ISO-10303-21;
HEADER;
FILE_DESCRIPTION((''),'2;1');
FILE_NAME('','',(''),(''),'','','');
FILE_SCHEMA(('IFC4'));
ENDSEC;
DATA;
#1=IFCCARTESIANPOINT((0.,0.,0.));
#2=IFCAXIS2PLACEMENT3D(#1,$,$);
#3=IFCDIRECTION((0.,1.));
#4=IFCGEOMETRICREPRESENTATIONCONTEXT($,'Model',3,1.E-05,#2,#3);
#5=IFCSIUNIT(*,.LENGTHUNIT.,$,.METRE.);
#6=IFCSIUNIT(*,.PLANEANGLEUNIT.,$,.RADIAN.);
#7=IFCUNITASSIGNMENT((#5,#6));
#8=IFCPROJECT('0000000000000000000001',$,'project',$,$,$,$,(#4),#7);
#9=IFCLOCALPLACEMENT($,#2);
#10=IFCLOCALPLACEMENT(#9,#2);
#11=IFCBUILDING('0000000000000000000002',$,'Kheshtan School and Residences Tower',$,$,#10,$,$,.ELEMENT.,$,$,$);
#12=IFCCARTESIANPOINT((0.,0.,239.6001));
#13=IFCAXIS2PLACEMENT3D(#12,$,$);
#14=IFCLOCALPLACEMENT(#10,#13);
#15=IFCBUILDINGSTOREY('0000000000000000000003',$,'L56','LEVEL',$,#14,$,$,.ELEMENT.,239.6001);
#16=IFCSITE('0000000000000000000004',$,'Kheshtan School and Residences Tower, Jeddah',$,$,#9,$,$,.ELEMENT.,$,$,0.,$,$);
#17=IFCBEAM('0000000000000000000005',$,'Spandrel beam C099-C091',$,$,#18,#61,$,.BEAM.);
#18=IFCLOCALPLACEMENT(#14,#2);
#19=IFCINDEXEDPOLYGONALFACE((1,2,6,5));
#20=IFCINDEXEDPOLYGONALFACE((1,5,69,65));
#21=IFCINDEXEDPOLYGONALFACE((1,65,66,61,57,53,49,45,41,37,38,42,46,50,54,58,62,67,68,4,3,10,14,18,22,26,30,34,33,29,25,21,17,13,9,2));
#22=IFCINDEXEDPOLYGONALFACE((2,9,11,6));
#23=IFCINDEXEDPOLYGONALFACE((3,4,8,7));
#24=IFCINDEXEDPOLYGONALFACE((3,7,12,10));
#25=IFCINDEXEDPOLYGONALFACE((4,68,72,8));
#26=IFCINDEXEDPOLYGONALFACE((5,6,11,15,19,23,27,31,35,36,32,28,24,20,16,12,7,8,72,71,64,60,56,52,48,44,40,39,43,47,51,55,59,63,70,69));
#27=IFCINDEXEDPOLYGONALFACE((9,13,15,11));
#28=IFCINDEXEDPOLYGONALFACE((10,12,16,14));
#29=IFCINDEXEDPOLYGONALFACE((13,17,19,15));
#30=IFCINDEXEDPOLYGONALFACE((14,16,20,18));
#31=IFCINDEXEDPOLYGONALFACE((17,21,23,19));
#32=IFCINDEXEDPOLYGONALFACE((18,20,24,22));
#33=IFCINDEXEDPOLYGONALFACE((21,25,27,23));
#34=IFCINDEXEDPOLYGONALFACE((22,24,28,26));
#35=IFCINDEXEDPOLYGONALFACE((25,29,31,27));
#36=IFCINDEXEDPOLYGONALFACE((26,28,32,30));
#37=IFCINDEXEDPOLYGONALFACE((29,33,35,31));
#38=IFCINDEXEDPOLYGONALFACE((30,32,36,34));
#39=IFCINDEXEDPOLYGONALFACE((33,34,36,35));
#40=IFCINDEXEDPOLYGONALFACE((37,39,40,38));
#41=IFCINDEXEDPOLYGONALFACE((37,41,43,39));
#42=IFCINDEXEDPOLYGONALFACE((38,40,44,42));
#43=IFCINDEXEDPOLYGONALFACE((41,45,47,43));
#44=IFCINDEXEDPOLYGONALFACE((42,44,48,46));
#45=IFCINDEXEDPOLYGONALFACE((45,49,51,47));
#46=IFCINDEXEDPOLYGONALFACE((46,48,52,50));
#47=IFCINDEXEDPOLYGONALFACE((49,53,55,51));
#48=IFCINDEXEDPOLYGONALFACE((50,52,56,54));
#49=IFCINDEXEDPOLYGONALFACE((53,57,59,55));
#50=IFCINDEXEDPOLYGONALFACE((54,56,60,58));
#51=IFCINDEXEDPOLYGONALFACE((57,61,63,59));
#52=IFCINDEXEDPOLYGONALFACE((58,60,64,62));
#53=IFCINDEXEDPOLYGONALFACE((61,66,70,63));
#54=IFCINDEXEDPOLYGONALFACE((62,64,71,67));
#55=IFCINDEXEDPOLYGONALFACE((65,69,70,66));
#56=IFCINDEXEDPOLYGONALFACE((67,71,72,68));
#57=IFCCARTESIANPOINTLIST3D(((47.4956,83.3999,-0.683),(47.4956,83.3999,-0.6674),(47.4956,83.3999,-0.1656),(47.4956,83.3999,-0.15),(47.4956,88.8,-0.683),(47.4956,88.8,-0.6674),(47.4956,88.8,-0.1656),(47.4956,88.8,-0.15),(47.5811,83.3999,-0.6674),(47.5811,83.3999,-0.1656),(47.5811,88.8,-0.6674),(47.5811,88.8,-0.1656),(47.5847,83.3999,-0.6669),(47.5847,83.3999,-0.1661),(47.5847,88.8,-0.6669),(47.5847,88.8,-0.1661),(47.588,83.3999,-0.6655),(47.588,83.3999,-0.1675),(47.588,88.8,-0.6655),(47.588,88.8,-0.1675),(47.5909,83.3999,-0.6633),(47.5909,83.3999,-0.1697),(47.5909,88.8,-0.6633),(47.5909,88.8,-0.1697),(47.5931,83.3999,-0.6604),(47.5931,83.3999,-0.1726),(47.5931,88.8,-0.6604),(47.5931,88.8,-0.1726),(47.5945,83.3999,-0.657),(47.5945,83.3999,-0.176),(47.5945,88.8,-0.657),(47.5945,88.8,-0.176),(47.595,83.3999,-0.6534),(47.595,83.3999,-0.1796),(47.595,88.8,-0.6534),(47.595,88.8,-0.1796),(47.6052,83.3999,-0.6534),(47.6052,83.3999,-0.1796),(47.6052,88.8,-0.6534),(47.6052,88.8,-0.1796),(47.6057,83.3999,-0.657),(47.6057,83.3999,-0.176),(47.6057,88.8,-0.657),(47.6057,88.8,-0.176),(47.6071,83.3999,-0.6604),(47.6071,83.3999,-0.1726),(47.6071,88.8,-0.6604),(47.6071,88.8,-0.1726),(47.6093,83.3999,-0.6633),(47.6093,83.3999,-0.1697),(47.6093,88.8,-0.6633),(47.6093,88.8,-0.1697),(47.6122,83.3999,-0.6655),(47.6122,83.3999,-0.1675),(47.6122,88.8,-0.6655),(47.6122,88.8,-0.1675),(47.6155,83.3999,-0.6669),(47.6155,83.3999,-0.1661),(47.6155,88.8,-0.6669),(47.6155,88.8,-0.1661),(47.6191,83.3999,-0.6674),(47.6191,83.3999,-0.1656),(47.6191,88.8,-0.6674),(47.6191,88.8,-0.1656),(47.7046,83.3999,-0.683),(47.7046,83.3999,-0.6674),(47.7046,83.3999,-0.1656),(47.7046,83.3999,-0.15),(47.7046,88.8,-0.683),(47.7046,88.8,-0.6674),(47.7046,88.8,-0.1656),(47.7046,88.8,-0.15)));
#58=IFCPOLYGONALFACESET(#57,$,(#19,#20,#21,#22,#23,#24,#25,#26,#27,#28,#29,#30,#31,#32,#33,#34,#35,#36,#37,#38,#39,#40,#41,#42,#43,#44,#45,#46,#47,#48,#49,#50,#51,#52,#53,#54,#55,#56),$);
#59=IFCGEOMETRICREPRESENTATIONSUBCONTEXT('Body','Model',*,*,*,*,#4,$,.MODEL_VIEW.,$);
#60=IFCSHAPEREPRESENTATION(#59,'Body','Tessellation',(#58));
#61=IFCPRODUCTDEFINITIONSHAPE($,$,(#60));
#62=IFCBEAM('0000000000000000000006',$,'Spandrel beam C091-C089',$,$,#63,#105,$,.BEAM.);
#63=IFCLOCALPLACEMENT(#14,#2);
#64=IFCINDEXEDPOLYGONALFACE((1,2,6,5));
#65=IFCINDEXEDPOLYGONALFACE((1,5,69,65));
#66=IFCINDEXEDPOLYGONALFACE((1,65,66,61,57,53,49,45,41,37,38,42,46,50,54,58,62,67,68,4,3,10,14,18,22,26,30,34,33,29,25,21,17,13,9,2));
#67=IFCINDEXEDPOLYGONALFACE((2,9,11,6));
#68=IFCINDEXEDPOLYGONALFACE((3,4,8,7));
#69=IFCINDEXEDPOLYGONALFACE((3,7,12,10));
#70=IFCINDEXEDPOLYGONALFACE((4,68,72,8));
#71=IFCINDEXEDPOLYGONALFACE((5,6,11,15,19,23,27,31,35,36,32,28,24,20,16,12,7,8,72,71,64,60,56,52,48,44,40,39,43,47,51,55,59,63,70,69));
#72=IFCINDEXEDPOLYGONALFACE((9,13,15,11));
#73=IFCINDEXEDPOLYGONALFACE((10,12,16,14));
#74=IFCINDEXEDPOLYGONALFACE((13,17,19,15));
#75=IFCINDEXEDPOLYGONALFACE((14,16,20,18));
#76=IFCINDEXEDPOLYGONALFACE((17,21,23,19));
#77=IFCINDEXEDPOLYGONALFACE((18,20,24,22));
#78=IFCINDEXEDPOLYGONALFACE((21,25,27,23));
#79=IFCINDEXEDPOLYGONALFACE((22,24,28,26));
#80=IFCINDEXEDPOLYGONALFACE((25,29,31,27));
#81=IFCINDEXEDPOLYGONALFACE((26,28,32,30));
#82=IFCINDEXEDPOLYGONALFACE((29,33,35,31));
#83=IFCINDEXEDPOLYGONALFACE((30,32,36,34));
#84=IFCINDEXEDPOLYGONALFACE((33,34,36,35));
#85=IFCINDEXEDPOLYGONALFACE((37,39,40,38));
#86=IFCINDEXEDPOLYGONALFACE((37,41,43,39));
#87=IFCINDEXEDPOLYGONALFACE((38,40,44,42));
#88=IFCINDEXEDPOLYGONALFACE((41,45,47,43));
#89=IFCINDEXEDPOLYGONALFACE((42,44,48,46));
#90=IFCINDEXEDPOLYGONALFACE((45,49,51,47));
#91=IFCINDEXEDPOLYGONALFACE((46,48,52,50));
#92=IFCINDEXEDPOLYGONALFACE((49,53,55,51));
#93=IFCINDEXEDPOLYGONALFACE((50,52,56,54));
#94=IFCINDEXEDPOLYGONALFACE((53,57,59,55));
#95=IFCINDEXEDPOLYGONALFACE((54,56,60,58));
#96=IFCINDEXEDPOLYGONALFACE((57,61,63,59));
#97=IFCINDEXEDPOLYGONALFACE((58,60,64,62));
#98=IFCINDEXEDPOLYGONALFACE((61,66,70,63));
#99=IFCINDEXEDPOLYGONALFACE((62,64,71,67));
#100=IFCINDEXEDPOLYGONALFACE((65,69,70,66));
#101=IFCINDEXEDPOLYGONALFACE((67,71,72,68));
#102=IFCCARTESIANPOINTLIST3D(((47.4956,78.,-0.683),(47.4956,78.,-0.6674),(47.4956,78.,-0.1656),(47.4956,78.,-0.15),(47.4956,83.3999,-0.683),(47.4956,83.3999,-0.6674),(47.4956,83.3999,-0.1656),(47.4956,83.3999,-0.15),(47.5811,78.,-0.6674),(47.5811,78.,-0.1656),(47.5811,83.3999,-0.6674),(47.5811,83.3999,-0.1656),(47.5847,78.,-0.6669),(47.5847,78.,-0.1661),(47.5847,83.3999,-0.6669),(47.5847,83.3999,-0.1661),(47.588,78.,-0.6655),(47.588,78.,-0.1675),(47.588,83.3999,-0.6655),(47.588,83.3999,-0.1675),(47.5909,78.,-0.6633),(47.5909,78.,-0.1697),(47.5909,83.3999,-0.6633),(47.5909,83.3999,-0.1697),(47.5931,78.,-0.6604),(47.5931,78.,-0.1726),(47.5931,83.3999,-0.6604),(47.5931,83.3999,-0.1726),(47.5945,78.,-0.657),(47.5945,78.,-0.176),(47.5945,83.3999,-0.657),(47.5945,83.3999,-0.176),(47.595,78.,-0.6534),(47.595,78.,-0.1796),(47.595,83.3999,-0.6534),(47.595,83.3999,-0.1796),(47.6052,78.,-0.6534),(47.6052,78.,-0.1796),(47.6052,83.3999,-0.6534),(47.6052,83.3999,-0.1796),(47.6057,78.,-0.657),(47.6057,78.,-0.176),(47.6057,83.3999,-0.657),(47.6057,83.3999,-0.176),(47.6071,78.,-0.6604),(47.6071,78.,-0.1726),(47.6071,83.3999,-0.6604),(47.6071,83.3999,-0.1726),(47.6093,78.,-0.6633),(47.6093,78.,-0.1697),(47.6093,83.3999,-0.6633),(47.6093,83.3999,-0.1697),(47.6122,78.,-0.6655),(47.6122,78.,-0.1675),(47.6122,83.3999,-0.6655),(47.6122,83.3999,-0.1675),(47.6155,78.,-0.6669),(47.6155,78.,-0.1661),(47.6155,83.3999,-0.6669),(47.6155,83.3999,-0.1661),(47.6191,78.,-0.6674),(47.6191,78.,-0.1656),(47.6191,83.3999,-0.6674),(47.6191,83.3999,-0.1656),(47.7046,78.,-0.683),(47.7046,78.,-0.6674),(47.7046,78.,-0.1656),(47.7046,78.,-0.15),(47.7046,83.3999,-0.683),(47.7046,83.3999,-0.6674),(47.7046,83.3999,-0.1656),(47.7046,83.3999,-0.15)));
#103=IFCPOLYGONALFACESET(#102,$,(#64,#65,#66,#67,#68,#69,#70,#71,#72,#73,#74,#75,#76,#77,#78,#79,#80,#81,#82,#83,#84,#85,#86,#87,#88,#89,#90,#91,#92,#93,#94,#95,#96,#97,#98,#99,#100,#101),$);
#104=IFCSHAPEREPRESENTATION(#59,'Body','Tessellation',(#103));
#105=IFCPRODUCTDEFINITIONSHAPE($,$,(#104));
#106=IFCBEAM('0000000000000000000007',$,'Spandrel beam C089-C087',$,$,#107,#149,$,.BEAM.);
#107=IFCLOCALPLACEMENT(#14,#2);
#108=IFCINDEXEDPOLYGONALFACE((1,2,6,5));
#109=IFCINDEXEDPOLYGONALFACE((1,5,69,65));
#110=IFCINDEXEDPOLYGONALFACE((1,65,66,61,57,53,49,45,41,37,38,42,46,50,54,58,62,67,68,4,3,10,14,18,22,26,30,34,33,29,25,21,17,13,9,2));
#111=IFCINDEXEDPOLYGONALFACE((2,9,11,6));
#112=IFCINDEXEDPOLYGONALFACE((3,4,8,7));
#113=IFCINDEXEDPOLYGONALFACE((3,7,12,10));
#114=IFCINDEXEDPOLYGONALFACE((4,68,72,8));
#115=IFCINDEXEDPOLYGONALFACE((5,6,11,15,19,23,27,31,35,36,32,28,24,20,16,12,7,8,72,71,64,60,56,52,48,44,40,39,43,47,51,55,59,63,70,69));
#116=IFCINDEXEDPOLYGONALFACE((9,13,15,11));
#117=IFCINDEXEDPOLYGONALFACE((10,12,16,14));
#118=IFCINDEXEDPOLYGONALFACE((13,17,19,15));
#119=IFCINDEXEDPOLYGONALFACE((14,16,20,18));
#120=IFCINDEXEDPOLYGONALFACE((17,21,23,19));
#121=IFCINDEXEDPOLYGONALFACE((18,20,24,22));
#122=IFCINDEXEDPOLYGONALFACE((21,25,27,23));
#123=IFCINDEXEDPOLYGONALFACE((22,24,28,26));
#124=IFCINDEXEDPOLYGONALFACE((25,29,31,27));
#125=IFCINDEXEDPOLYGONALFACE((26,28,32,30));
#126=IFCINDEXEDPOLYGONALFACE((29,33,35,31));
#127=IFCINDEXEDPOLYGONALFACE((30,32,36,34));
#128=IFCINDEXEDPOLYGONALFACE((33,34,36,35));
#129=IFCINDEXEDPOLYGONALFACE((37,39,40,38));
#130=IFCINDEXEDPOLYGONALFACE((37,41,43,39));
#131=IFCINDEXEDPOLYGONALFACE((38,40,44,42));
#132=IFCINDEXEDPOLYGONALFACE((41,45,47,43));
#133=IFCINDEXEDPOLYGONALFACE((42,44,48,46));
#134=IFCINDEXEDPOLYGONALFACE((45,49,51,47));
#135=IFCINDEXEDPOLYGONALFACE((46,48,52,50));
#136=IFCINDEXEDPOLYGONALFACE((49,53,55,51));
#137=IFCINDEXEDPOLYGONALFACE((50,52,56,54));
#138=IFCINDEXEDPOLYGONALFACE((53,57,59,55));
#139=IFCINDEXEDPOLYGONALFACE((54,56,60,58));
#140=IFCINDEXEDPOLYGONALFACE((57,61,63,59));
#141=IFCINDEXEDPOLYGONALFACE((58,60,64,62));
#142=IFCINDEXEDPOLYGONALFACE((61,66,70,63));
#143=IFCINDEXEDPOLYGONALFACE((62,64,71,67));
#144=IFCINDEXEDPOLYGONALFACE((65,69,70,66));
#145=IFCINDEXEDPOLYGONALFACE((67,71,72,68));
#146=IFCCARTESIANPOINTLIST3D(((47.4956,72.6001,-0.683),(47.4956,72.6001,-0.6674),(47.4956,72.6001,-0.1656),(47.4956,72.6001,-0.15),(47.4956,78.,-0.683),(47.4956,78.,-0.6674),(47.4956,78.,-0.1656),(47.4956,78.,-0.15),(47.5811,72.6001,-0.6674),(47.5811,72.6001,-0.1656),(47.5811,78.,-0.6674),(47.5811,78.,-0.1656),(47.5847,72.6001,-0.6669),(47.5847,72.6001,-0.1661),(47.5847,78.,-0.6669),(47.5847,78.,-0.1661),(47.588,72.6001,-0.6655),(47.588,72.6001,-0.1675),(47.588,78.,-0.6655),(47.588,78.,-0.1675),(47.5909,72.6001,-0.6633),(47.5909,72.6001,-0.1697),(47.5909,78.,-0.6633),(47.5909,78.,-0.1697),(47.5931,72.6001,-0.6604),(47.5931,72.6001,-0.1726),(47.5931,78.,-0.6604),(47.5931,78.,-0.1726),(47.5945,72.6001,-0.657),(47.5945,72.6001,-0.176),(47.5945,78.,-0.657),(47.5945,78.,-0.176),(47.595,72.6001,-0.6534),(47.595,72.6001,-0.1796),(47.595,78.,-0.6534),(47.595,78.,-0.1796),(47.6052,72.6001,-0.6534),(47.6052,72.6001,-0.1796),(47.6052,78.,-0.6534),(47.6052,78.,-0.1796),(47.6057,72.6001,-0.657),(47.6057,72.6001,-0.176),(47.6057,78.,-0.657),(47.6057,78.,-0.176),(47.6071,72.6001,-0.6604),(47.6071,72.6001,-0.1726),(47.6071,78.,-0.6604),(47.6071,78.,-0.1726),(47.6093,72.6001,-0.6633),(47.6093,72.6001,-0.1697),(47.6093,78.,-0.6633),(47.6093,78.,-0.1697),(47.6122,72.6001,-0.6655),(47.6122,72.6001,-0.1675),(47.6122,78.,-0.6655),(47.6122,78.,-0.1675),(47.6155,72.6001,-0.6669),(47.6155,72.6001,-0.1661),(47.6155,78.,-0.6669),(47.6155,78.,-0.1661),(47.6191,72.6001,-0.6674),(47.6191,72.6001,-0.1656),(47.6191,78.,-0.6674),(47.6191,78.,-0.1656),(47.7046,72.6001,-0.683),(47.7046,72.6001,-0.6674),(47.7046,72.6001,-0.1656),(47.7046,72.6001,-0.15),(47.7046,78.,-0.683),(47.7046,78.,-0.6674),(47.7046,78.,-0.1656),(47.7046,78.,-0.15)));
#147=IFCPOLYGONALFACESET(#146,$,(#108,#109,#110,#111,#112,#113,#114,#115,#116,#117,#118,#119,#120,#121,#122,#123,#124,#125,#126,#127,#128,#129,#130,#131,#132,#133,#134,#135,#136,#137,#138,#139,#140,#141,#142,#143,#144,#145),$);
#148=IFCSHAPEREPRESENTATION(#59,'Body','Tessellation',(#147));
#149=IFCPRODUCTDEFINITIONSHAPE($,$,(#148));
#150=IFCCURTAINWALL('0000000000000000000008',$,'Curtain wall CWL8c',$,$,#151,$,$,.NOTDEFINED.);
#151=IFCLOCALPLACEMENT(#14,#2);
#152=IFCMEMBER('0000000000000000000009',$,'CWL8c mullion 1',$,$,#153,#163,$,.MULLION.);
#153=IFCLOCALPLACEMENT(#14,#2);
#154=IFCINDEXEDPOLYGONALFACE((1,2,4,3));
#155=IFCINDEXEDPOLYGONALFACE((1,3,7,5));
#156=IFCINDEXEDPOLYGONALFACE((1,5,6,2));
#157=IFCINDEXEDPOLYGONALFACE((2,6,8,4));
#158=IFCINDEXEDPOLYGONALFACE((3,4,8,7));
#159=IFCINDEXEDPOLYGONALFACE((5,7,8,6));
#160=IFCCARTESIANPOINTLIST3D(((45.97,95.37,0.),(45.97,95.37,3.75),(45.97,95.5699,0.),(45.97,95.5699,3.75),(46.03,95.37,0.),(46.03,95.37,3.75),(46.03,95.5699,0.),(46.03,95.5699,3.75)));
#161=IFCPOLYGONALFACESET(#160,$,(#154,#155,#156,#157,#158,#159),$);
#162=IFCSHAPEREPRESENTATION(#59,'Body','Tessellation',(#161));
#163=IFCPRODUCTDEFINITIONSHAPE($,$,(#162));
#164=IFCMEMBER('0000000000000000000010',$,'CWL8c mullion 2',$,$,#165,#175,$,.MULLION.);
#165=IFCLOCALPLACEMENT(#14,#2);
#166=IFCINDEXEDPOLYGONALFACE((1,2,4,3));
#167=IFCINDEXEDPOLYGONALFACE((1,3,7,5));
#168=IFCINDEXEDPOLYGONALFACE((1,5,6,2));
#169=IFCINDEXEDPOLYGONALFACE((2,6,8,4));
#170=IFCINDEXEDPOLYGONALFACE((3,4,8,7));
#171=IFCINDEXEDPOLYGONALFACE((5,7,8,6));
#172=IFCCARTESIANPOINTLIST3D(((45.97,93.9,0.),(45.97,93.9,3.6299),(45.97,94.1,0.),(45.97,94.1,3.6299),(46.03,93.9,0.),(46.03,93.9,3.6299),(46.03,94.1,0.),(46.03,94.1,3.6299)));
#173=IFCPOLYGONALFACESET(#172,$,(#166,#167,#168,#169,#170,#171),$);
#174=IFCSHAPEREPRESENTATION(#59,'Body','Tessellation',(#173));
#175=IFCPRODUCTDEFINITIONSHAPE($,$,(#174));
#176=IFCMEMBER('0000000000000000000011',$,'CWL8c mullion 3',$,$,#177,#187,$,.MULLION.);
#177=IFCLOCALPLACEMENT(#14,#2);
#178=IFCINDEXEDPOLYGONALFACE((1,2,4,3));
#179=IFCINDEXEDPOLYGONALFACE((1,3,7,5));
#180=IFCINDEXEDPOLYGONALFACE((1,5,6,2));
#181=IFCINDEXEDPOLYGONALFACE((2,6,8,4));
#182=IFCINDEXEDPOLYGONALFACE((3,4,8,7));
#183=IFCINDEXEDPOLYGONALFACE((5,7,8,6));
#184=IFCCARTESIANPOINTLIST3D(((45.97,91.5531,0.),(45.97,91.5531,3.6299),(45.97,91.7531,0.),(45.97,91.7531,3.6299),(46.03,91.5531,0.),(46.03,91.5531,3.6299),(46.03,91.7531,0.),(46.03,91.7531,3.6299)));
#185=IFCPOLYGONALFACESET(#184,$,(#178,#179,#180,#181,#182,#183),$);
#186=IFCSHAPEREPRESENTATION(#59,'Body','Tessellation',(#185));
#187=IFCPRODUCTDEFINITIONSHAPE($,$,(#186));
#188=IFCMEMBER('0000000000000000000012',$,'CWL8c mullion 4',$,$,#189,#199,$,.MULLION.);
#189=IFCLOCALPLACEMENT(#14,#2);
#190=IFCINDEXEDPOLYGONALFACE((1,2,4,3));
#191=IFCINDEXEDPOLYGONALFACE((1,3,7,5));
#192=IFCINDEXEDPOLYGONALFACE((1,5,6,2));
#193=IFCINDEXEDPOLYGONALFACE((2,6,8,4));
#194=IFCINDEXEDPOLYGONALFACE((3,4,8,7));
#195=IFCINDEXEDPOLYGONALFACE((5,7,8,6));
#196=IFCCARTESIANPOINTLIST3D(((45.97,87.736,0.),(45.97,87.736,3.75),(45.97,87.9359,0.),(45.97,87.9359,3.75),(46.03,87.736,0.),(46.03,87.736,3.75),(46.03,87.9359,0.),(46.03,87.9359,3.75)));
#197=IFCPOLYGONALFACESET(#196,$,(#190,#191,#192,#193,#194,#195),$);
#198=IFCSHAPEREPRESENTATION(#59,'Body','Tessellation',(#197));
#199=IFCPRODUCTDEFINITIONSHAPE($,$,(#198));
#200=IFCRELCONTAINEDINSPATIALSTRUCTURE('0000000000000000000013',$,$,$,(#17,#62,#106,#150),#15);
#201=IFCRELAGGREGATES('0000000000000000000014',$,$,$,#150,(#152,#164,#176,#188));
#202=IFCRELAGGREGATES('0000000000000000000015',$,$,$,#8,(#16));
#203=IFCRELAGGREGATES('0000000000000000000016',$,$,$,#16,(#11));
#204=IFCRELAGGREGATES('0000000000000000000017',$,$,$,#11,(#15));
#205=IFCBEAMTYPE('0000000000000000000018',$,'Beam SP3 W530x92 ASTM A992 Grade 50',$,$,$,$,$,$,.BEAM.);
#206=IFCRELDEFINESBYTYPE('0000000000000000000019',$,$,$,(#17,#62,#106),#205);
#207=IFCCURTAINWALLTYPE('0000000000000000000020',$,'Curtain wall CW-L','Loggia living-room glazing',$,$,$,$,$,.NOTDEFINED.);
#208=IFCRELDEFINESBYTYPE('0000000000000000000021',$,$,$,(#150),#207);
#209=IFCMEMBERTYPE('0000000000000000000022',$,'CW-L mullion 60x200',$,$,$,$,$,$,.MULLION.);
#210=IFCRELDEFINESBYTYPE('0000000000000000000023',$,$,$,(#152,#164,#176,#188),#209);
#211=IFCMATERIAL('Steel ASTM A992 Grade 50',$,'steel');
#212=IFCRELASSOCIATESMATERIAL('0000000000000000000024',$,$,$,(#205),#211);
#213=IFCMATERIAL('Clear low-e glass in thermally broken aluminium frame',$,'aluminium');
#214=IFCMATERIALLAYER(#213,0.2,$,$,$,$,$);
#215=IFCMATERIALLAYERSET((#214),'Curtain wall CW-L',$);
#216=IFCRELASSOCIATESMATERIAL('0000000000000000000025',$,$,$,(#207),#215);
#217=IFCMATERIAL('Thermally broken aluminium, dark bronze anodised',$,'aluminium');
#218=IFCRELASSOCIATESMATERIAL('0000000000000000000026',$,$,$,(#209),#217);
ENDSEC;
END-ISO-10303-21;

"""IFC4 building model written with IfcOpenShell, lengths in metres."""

from ifc_helpers import new_model, si_unit, direction, frame, origin, origin_2d, place, context, subcontext, project, spatial, rectangle, i_section, extrude, material, layer, layer_set, material_profile, profile_set, type_object, element, aggregate, save


model = new_model("IFC4")

# Units and contexts
model_context = context("Model", 3, precision=1e-05, world=origin(), true_north=direction((0.0, 1.0)))
body_context = subcontext(model_context, "Body", "Model", "MODEL_VIEW")
ifc_project = project(units=[si_unit("LENGTHUNIT", "METRE"), si_unit("PLANEANGLEUNIT", "RADIAN")], contexts=[model_context])

# Site, building, storey
site_placement = place(None, origin())
site = spatial("IfcSite", under=ifc_project, at=site_placement, Name="Kheshtan School and Residences Tower, Jeddah", CompositionType="ELEMENT", RefElevation=0.0)
building_placement = place(site_placement, origin())
building = spatial("IfcBuilding", under=site, at=building_placement, Name="Kheshtan School and Residences Tower", CompositionType="ELEMENT")
storey_placement = place(building_placement, frame((0.0, 0.0, 239.6001)))
storey = spatial("IfcBuildingStorey", under=building, at=storey_placement, Name="L56", Description="LEVEL", CompositionType="ELEMENT", Elevation=239.6001)

# Shared definitions
ifc_material_1 = material(Name="Steel ASTM A992 Grade 50", Category="steel")

# Beams
ifc_material_profile_1 = material_profile(ifc_material_1, i_section(OverallWidth=0.209, OverallDepth=0.533, WebThickness=0.0103, FlangeThickness=0.0156, FilletRadius=0.0139, at=origin_2d()), Name="W530x92")
ifc_profile_set_1 = profile_set([ifc_material_profile_1], Name="Steel ASTM A992 Grade 50")
beam_type_1 = type_object("IfcBeamType", Name="Beam SP3 W530x92 ASTM A992 Grade 50", PredefinedType="BEAM", material=ifc_profile_set_1)
beam_1_placement = place(storey_placement, frame((47.6001, 88.8, -0.4165), z_axis=(0.0, -1.0, 0.0), x_axis=(1.0, 0.0, 0.0)))
element("IfcBeam", 1, at=beam_1_placement, inside=storey, type_object=beam_type_1, Name="Spandrel beam C099-C091", PredefinedType="BEAM", context=body_context, shape_type="SweptSolid", body=[
    extrude(i_section(OverallWidth=0.209, OverallDepth=0.533, WebThickness=0.0103, FlangeThickness=0.0156, FilletRadius=0.0139, at=origin_2d()), origin(), (0.0, 0.0, 1.0), 5.4001),
])
for number, where, z_axis, x_axis, name in (
    (2, (47.6001, 83.3999, -0.4165), (0.0, -1.0, 0.0), (1.0, 0.0, 0.0), "Spandrel beam C091-C089"),
    (3, (47.6001, 78.0, -0.4165), (0.0, -1.0, 0.0), (1.0, 0.0, 0.0), "Spandrel beam C089-C087"),
):
    element("IfcBeam", number, at=place(storey_placement, frame(where, z_axis=z_axis, x_axis=x_axis)), inside=storey, type_object=beam_type_1, Name=name, PredefinedType="BEAM", context=body_context, shape_type="SweptSolid", body=[
        extrude(i_section(OverallWidth=0.209, OverallDepth=0.533, WebThickness=0.0103, FlangeThickness=0.0156, FilletRadius=0.0139, at=origin_2d()), origin(), (0.0, 0.0, 1.0), 5.3999),
    ])

# Curtain wall, members
ifc_material_2 = material(Name="Clear low-e glass in thermally broken aluminium frame", Category="aluminium")
ifc_layer_1 = layer(ifc_material_2, 0.2)
ifc_layer_set_1 = layer_set([ifc_layer_1], Name="Curtain wall CW-L")
curtain_wall_type = type_object("IfcCurtainWallType", Name="Curtain wall CW-L", Description="Loggia living-room glazing", PredefinedType="NOTDEFINED", material=ifc_layer_set_1)
curtain_wall_1_placement = place(storey_placement, origin())
curtain_wall_1 = element("IfcCurtainWall", 4, at=curtain_wall_1_placement, inside=storey, type_object=curtain_wall_type, Name="Curtain wall CWL8c", PredefinedType="NOTDEFINED")
ifc_material_3 = material(Name="Thermally broken aluminium, dark bronze anodised", Category="aluminium")
ifc_material_profile_2 = material_profile(ifc_material_3, rectangle(XDim=0.0601, YDim=0.2, at=origin_2d()), Name="CW-L mullion 60x200")
ifc_profile_set_2 = profile_set([ifc_material_profile_2], Name="Thermally broken aluminium, dark bronze anodised")
member_type_1 = type_object("IfcMemberType", Name="CW-L mullion 60x200", PredefinedType="MULLION", material=ifc_profile_set_2)
member_1_placement = place(storey_placement, frame((46.0, 95.47, 0.0), z_axis=(0.0, 0.0, 1.0), x_axis=(1.0, 0.0, 0.0)))
member_1 = element("IfcMember", 5, at=member_1_placement, type_object=member_type_1, Name="CWL8c mullion 1", PredefinedType="MULLION", context=body_context, shape_type="SweptSolid", body=[
    extrude(rectangle(XDim=0.0601, YDim=0.2, at=origin_2d()), origin(), (0.0, 0.0, 1.0), 3.75),
])
member_2_placement = place(storey_placement, frame((46.0, 94.0, 0.0), z_axis=(0.0, 0.0, 1.0), x_axis=(1.0, 0.0, 0.0)))
member_2 = element("IfcMember", 6, at=member_2_placement, type_object=member_type_1, Name="CWL8c mullion 2", PredefinedType="MULLION", context=body_context, shape_type="SweptSolid", body=[
    extrude(rectangle(XDim=0.0601, YDim=0.2, at=origin_2d()), origin(), (0.0, 0.0, 1.0), 3.6299),
])
member_3_placement = place(storey_placement, frame((46.0, 91.6531, 0.0), z_axis=(0.0, 0.0, 1.0), x_axis=(1.0, 0.0, 0.0)))
member_3 = element("IfcMember", 7, at=member_3_placement, type_object=member_type_1, Name="CWL8c mullion 3", PredefinedType="MULLION", context=body_context, shape_type="SweptSolid", body=[
    extrude(rectangle(XDim=0.0601, YDim=0.2, at=origin_2d()), origin(), (0.0, 0.0, 1.0), 3.6299),
])
member_4_placement = place(storey_placement, frame((46.0, 87.8359, 0.0), z_axis=(0.0, 0.0, 1.0), x_axis=(1.0, 0.0, 0.0)))
member_4 = element("IfcMember", 8, at=member_4_placement, type_object=member_type_1, Name="CWL8c mullion 4", PredefinedType="MULLION", context=body_context, shape_type="SweptSolid", body=[
    extrude(rectangle(XDim=0.0601, YDim=0.2, at=origin_2d()), origin(), (0.0, 0.0, 1.0), 3.75),
])

aggregate(curtain_wall_1, [member_1, member_2, member_3, member_4])

save(model, "model.ifc")
